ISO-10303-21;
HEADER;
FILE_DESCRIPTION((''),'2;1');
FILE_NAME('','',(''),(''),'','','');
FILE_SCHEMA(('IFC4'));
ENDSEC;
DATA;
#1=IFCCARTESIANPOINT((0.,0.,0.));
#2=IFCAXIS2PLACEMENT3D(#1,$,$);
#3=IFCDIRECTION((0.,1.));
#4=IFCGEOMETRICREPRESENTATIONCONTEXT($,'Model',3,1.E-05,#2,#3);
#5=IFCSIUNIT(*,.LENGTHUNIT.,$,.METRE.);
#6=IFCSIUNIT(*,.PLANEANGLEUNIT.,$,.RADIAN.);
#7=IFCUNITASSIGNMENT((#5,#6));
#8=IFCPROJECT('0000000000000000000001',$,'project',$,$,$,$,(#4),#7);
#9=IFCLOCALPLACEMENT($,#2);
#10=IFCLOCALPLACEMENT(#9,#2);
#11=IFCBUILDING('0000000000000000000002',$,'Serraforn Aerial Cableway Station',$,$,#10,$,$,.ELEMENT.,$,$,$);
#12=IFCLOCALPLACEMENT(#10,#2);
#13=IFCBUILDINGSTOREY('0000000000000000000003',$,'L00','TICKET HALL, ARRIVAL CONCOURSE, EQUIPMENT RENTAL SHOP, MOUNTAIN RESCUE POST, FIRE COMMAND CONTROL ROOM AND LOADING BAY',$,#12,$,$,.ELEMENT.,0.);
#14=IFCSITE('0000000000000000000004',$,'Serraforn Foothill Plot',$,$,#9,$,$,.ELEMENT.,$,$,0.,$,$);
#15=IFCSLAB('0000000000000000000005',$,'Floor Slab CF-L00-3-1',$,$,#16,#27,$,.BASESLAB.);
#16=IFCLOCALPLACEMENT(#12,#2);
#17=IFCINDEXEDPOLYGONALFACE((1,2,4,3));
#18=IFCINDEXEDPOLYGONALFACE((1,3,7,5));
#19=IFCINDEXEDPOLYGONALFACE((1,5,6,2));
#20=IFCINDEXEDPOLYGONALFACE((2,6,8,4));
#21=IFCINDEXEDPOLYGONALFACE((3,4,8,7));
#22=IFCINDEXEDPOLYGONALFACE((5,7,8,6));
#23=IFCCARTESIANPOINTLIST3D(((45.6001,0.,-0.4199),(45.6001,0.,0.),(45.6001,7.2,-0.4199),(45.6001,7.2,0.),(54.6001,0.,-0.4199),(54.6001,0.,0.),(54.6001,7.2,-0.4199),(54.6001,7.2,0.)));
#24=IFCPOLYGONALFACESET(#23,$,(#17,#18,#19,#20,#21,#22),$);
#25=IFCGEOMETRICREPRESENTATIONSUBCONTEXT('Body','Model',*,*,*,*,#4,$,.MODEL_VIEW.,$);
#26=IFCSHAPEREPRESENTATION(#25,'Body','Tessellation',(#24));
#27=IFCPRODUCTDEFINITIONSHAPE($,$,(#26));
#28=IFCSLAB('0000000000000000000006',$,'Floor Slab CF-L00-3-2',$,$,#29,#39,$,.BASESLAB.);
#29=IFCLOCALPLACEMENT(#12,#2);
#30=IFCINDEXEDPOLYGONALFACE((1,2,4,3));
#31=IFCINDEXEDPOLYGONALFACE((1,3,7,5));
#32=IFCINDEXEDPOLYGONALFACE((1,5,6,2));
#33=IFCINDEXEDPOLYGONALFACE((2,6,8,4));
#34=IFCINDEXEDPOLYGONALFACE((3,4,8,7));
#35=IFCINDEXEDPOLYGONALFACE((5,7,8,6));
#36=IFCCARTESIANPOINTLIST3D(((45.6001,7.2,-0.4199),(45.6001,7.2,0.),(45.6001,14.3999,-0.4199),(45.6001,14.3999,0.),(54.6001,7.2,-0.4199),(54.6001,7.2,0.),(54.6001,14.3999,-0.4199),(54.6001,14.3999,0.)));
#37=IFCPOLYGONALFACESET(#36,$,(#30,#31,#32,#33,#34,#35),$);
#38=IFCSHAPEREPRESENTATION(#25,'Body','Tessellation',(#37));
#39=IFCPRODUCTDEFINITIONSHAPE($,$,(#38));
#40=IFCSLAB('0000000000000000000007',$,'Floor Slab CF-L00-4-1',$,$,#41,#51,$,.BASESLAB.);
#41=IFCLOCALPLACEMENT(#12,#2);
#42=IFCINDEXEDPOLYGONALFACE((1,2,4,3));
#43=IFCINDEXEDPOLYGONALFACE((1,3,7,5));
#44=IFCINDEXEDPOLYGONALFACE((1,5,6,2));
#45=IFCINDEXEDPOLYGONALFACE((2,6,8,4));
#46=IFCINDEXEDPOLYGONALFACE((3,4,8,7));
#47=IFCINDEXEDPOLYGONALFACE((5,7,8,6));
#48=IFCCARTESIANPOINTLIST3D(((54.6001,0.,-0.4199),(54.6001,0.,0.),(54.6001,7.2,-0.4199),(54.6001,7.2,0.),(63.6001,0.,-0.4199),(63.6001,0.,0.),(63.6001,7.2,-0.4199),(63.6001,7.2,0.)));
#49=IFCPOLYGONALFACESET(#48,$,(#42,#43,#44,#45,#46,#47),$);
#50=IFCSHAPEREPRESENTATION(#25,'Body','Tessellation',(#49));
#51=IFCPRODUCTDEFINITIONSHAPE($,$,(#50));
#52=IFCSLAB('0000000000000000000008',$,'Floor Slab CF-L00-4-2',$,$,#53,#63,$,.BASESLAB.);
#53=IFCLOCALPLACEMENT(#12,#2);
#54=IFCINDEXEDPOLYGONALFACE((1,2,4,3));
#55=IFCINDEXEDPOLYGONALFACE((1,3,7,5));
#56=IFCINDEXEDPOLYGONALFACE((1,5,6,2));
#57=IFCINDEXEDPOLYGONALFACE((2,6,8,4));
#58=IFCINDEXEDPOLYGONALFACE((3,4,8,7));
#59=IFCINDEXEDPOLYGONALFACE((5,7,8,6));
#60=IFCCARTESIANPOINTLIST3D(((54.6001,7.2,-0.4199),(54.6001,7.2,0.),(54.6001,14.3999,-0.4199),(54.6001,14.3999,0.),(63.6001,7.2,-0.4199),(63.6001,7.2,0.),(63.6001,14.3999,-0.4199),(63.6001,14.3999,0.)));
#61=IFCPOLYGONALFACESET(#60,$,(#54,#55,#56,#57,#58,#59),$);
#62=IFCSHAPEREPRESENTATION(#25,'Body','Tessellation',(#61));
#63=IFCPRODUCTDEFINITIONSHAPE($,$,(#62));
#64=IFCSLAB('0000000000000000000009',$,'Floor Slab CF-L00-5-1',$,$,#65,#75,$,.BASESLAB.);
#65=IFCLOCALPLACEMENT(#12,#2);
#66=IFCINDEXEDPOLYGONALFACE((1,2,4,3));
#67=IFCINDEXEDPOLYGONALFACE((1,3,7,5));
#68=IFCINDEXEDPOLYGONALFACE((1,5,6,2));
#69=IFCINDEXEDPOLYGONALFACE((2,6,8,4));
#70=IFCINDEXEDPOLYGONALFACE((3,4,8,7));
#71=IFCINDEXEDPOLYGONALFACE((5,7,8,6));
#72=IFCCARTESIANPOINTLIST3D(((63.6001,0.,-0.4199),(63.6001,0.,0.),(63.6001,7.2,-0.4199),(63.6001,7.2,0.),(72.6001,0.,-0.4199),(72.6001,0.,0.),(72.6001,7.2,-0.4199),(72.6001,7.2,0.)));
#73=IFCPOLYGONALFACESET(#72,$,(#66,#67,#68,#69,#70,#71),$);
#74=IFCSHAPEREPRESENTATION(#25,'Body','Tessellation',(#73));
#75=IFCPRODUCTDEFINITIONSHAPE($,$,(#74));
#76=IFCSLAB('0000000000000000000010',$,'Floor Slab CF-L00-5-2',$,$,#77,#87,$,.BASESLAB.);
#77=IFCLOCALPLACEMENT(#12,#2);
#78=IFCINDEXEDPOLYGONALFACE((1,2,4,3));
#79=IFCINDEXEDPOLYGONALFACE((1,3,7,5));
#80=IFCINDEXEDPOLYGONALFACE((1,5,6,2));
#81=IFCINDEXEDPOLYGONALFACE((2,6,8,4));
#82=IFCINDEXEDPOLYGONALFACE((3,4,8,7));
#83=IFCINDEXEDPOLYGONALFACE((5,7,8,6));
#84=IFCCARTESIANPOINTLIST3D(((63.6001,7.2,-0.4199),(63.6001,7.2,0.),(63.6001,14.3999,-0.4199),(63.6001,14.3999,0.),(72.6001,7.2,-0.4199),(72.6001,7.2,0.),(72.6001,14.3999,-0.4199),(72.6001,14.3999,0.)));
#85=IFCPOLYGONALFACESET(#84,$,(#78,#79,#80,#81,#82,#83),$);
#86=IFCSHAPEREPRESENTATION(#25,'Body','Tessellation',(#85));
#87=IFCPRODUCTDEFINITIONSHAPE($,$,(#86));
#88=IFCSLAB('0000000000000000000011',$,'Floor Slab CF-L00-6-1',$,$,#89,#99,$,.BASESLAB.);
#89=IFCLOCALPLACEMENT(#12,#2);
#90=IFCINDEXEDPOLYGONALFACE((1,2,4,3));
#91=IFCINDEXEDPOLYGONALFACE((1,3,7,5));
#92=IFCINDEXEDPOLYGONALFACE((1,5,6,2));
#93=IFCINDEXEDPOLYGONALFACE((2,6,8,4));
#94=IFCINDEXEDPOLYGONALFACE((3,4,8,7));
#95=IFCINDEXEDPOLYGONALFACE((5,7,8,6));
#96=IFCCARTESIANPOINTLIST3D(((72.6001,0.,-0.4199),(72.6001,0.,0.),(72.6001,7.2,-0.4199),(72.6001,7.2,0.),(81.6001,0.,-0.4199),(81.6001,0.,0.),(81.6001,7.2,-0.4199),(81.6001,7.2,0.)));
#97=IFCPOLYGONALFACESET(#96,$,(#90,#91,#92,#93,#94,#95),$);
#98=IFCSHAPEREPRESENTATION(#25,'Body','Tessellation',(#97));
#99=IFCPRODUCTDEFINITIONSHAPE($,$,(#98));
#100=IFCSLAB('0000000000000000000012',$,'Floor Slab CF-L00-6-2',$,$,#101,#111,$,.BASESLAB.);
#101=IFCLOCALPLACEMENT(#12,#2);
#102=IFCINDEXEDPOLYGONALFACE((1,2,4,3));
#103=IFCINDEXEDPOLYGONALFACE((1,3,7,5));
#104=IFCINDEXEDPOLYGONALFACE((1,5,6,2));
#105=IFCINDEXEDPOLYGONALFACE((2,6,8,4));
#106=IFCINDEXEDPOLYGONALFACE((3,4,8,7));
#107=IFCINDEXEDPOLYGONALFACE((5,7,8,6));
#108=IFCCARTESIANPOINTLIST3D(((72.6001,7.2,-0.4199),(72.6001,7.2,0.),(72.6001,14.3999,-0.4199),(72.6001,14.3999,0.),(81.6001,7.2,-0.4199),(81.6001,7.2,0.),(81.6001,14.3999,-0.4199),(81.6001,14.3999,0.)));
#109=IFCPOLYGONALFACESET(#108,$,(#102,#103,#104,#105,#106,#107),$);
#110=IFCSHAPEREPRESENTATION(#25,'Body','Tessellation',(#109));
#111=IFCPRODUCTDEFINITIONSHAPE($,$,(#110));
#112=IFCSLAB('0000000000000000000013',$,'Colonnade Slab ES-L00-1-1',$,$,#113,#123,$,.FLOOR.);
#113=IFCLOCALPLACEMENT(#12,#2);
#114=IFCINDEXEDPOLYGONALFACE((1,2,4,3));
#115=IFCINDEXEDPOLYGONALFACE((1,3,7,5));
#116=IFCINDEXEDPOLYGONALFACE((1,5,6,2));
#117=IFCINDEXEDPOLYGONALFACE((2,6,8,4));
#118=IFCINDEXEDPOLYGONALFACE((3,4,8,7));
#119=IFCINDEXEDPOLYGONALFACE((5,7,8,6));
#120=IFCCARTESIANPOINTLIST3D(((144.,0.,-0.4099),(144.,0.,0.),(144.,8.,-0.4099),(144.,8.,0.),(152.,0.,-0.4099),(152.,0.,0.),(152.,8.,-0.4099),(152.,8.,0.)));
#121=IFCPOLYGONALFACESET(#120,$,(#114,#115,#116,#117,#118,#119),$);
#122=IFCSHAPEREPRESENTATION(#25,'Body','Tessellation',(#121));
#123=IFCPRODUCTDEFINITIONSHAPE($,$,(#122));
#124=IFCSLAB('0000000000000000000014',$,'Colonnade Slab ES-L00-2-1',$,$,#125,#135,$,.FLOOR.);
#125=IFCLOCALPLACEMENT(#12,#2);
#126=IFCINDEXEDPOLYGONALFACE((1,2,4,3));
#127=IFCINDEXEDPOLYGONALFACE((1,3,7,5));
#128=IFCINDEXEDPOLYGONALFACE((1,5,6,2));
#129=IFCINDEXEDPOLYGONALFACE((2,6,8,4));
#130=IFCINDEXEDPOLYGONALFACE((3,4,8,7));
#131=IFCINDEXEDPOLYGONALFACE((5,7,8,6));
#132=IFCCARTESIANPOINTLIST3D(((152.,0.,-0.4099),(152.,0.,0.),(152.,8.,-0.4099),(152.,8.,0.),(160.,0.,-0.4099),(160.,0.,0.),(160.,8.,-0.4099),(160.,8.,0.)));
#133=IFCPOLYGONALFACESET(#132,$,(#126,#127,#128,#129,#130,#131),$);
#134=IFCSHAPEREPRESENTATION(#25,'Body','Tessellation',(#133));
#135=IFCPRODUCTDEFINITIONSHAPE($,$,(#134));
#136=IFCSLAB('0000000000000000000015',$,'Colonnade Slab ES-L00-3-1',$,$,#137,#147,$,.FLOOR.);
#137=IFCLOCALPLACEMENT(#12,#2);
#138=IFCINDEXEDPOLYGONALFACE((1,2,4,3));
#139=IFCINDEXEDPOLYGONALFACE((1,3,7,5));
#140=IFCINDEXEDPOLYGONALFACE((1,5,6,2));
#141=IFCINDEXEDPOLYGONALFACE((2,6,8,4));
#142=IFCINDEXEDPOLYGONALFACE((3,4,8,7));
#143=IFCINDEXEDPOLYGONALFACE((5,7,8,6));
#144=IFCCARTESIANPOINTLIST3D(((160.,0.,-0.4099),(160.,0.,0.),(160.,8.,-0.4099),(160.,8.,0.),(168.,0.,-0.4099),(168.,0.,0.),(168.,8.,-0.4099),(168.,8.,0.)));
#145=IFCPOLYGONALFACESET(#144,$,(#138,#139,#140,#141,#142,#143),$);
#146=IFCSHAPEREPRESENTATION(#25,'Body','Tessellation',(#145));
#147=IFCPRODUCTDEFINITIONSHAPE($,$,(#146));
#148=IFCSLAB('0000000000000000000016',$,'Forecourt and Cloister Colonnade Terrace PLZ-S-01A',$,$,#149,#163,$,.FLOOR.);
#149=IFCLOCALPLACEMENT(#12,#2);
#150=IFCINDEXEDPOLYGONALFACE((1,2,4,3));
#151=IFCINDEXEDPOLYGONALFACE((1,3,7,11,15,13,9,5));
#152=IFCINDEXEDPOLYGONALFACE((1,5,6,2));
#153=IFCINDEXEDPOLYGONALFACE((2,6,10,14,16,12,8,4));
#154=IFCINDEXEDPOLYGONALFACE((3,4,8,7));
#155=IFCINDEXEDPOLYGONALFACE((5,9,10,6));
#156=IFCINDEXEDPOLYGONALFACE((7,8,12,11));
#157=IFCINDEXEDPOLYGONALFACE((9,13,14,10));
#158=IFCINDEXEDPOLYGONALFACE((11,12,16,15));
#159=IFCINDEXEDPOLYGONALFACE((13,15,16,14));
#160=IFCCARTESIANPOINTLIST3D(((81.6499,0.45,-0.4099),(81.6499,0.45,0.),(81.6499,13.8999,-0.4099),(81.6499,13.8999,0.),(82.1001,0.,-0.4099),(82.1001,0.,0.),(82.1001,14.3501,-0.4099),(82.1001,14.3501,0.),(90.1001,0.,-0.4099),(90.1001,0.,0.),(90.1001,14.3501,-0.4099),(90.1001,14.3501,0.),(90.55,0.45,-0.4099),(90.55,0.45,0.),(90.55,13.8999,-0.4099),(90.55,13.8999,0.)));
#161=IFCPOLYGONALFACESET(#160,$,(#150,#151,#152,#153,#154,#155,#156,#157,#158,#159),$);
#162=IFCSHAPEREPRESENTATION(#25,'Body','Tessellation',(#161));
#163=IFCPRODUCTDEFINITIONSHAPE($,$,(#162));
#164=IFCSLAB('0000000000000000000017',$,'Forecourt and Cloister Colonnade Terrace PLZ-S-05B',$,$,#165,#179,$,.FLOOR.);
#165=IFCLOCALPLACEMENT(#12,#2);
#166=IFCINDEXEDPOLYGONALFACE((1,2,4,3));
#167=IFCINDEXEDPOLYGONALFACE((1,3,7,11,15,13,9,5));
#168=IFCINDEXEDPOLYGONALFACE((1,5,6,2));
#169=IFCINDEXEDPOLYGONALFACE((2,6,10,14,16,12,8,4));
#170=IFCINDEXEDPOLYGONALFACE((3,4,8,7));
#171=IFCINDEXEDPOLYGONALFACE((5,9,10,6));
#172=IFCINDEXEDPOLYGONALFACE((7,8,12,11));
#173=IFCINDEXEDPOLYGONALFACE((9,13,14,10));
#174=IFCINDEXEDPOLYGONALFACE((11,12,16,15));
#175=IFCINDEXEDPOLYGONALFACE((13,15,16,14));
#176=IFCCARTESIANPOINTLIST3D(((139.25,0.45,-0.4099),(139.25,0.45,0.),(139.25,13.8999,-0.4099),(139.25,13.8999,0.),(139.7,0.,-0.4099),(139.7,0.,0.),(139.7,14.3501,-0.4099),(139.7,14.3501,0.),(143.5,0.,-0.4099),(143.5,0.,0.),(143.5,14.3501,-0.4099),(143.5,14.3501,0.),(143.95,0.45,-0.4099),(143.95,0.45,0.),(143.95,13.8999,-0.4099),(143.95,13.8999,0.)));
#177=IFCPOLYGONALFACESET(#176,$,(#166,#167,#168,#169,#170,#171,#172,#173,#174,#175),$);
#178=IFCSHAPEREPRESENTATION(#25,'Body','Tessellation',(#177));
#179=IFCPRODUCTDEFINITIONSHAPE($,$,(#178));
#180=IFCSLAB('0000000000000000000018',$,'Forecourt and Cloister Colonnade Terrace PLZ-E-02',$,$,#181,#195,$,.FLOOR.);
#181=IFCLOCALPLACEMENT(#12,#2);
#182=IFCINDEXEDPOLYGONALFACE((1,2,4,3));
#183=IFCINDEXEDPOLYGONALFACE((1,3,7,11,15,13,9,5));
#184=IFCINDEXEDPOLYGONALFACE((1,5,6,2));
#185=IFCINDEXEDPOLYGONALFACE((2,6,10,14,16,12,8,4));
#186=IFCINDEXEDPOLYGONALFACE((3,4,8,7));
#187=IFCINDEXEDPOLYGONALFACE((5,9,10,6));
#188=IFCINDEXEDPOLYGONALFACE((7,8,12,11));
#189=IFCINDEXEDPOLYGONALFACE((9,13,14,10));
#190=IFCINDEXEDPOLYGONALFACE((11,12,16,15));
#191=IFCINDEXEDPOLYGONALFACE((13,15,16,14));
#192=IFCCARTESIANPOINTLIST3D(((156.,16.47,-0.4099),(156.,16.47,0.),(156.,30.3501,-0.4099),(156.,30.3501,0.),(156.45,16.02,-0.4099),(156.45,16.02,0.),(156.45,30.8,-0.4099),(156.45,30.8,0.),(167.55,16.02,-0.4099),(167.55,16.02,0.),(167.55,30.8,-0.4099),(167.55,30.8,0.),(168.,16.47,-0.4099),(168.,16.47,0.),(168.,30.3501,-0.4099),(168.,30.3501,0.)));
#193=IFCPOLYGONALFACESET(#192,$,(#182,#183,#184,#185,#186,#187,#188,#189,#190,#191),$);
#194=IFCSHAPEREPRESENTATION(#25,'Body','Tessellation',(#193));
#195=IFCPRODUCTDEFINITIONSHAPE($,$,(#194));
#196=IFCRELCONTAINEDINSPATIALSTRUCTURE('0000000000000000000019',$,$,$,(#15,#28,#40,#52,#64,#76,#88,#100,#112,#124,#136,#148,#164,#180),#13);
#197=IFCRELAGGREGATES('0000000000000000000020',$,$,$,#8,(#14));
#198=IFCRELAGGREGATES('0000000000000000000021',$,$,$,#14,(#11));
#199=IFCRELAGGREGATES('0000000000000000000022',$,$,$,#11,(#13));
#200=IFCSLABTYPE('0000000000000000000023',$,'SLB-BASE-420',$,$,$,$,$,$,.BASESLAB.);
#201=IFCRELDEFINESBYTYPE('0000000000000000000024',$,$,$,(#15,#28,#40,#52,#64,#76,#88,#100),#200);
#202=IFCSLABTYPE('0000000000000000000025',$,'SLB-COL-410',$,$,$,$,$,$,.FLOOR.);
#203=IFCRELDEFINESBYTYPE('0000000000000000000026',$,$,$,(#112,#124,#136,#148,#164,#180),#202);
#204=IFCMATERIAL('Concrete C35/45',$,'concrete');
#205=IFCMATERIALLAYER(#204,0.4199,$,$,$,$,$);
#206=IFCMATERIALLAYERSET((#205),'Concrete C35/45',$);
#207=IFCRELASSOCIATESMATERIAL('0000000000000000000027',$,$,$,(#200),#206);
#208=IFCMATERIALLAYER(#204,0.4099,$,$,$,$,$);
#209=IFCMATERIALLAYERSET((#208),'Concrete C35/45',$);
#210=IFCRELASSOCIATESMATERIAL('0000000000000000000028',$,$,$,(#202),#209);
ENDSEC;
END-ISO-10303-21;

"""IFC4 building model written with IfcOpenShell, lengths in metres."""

from ifc_helpers import new_model, si_unit, direction, frame, origin, place, context, subcontext, project, spatial, polyline, outline, extrude, material, layer, layer_set, type_object, element, save


model = new_model("IFC4")

# Units and contexts
model_context = context("Model", 3, precision=1e-05, world=origin(), true_north=direction((0.0, 1.0)))
body_context = subcontext(model_context, "Body", "Model", "MODEL_VIEW")
ifc_project = project(units=[si_unit("LENGTHUNIT", "METRE"), si_unit("PLANEANGLEUNIT", "RADIAN")], contexts=[model_context])

# Site, building, storey
site_placement = place(None, origin())
site = spatial("IfcSite", under=ifc_project, at=site_placement, Name="Serraforn Foothill Plot", CompositionType="ELEMENT", RefElevation=0.0)
building_placement = place(site_placement, origin())
building = spatial("IfcBuilding", under=site, at=building_placement, Name="Serraforn Aerial Cableway Station", CompositionType="ELEMENT")
storey_placement = place(building_placement, origin())
storey = spatial("IfcBuildingStorey", under=building, at=storey_placement, Name="L00", Description="TICKET HALL, ARRIVAL CONCOURSE, EQUIPMENT RENTAL SHOP, MOUNTAIN RESCUE POST, FIRE COMMAND CONTROL ROOM AND LOADING BAY", CompositionType="ELEMENT", Elevation=0.0)

# Slabs
ifc_material = material(Name="Concrete C35/45", Category="concrete")
ifc_layer_1 = layer(ifc_material, 0.4199)
ifc_layer_set_1 = layer_set([ifc_layer_1], Name="Concrete C35/45")
slab_type_1 = type_object("IfcSlabType", Name="SLB-BASE-420", PredefinedType="BASESLAB", material=ifc_layer_set_1)
slab_1_placement = place(storey_placement, frame((0.0, 0.0, -0.4199)))
element("IfcSlab", 1, at=slab_1_placement, inside=storey, type_object=slab_type_1, Name="Floor Slab CF-L00-3-1", PredefinedType="BASESLAB", context=body_context, shape_type="SweptSolid", body=[
    extrude(outline(polyline([(45.6001, 0.0), (54.6001, 0.0), (54.6001, 7.2), (45.6001, 7.2), (45.6001, 0.0)])), origin(), (0.0, 0.0, 1.0), 0.4199),
])
slab_2_placement = place(storey_placement, frame((0.0, 0.0, -0.4199)))
element("IfcSlab", 2, at=slab_2_placement, inside=storey, type_object=slab_type_1, Name="Floor Slab CF-L00-3-2", PredefinedType="BASESLAB", context=body_context, shape_type="SweptSolid", body=[
    extrude(outline(polyline([(45.6001, 7.2), (54.6001, 7.2), (54.6001, 14.3999), (45.6001, 14.3999), (45.6001, 7.2)])), origin(), (0.0, 0.0, 1.0), 0.4199),
])
slab_3_placement = place(storey_placement, frame((0.0, 0.0, -0.4199)))
element("IfcSlab", 3, at=slab_3_placement, inside=storey, type_object=slab_type_1, Name="Floor Slab CF-L00-4-1", PredefinedType="BASESLAB", context=body_context, shape_type="SweptSolid", body=[
    extrude(outline(polyline([(54.6001, 0.0), (63.6001, 0.0), (63.6001, 7.2), (54.6001, 7.2), (54.6001, 0.0)])), origin(), (0.0, 0.0, 1.0), 0.4199),
])
slab_4_placement = place(storey_placement, frame((0.0, 0.0, -0.4199)))
element("IfcSlab", 4, at=slab_4_placement, inside=storey, type_object=slab_type_1, Name="Floor Slab CF-L00-4-2", PredefinedType="BASESLAB", context=body_context, shape_type="SweptSolid", body=[
    extrude(outline(polyline([(54.6001, 7.2), (63.6001, 7.2), (63.6001, 14.3999), (54.6001, 14.3999), (54.6001, 7.2)])), origin(), (0.0, 0.0, 1.0), 0.4199),
])
slab_5_placement = place(storey_placement, frame((0.0, 0.0, -0.4199)))
element("IfcSlab", 5, at=slab_5_placement, inside=storey, type_object=slab_type_1, Name="Floor Slab CF-L00-5-1", PredefinedType="BASESLAB", context=body_context, shape_type="SweptSolid", body=[
    extrude(outline(polyline([(63.6001, 0.0), (72.6001, 0.0), (72.6001, 7.2), (63.6001, 7.2), (63.6001, 0.0)])), origin(), (0.0, 0.0, 1.0), 0.4199),
])
slab_6_placement = place(storey_placement, frame((0.0, 0.0, -0.4199)))
element("IfcSlab", 6, at=slab_6_placement, inside=storey, type_object=slab_type_1, Name="Floor Slab CF-L00-5-2", PredefinedType="BASESLAB", context=body_context, shape_type="SweptSolid", body=[
    extrude(outline(polyline([(63.6001, 7.2), (72.6001, 7.2), (72.6001, 14.3999), (63.6001, 14.3999), (63.6001, 7.2)])), origin(), (0.0, 0.0, 1.0), 0.4199),
])
slab_7_placement = place(storey_placement, frame((0.0, 0.0, -0.4199)))
element("IfcSlab", 7, at=slab_7_placement, inside=storey, type_object=slab_type_1, Name="Floor Slab CF-L00-6-1", PredefinedType="BASESLAB", context=body_context, shape_type="SweptSolid", body=[
    extrude(outline(polyline([(72.6001, 0.0), (81.6001, 0.0), (81.6001, 7.2), (72.6001, 7.2), (72.6001, 0.0)])), origin(), (0.0, 0.0, 1.0), 0.4199),
])
slab_8_placement = place(storey_placement, frame((0.0, 0.0, -0.4199)))
element("IfcSlab", 8, at=slab_8_placement, inside=storey, type_object=slab_type_1, Name="Floor Slab CF-L00-6-2", PredefinedType="BASESLAB", context=body_context, shape_type="SweptSolid", body=[
    extrude(outline(polyline([(72.6001, 7.2), (81.6001, 7.2), (81.6001, 14.3999), (72.6001, 14.3999), (72.6001, 7.2)])), origin(), (0.0, 0.0, 1.0), 0.4199),
])
ifc_layer_2 = layer(ifc_material, 0.4099)
ifc_layer_set_2 = layer_set([ifc_layer_2], Name="Concrete C35/45")
slab_type_2 = type_object("IfcSlabType", Name="SLB-COL-410", PredefinedType="FLOOR", material=ifc_layer_set_2)
slab_9_placement = place(storey_placement, frame((0.0, 0.0, -0.4099)))
element("IfcSlab", 9, at=slab_9_placement, inside=storey, type_object=slab_type_2, Name="Colonnade Slab ES-L00-1-1", PredefinedType="FLOOR", context=body_context, shape_type="SweptSolid", body=[
    extrude(outline(polyline([(144.0, 0.0), (152.0, 0.0), (152.0, 8.0), (144.0, 8.0), (144.0, 0.0)])), origin(), (0.0, 0.0, 1.0), 0.4099),
])
slab_10_placement = place(storey_placement, frame((0.0, 0.0, -0.4099)))
element("IfcSlab", 10, at=slab_10_placement, inside=storey, type_object=slab_type_2, Name="Colonnade Slab ES-L00-2-1", PredefinedType="FLOOR", context=body_context, shape_type="SweptSolid", body=[
    extrude(outline(polyline([(152.0, 0.0), (160.0, 0.0), (160.0, 8.0), (152.0, 8.0), (152.0, 0.0)])), origin(), (0.0, 0.0, 1.0), 0.4099),
])
slab_11_placement = place(storey_placement, frame((0.0, 0.0, -0.4099)))
element("IfcSlab", 11, at=slab_11_placement, inside=storey, type_object=slab_type_2, Name="Colonnade Slab ES-L00-3-1", PredefinedType="FLOOR", context=body_context, shape_type="SweptSolid", body=[
    extrude(outline(polyline([(160.0, 0.0), (168.0, 0.0), (168.0, 8.0), (160.0, 8.0), (160.0, 0.0)])), origin(), (0.0, 0.0, 1.0), 0.4099),
])
slab_12_placement = place(storey_placement, frame((0.0, 0.0, -0.4099)))
element("IfcSlab", 12, at=slab_12_placement, inside=storey, type_object=slab_type_2, Name="Forecourt and Cloister Colonnade Terrace PLZ-S-01A", PredefinedType="FLOOR", context=body_context, shape_type="SweptSolid", body=[
    extrude(outline(polyline([(82.1001, 0.0), (90.1001, 0.0), (90.55, 0.45), (90.55, 13.8999), (90.1001, 14.3501), (82.1001, 14.3501), (81.6499, 13.8999), (81.6499, 0.45), (82.1001, 0.0)])), origin(), (0.0, 0.0, 1.0), 0.4099),
])
slab_13_placement = place(storey_placement, frame((0.0, 0.0, -0.4099)))
element("IfcSlab", 13, at=slab_13_placement, inside=storey, type_object=slab_type_2, Name="Forecourt and Cloister Colonnade Terrace PLZ-S-05B", PredefinedType="FLOOR", context=body_context, shape_type="SweptSolid", body=[
    extrude(outline(polyline([(139.7, 0.0), (143.5, 0.0), (143.95, 0.45), (143.95, 13.8999), (143.5, 14.3501), (139.7, 14.3501), (139.25, 13.8999), (139.25, 0.45), (139.7, 0.0)])), origin(), (0.0, 0.0, 1.0), 0.4099),
])
slab_14_placement = place(storey_placement, frame((0.0, 0.0, -0.4099)))
element("IfcSlab", 14, at=slab_14_placement, inside=storey, type_object=slab_type_2, Name="Forecourt and Cloister Colonnade Terrace PLZ-E-02", PredefinedType="FLOOR", context=body_context, shape_type="SweptSolid", body=[
    extrude(outline(polyline([(156.45, 16.02), (167.55, 16.02), (168.0, 16.47), (168.0, 30.3501), (167.55, 30.8), (156.45, 30.8), (156.0, 30.3501), (156.0, 16.47), (156.45, 16.02)])), origin(), (0.0, 0.0, 1.0), 0.4099),
])

save(model, "model.ifc")
